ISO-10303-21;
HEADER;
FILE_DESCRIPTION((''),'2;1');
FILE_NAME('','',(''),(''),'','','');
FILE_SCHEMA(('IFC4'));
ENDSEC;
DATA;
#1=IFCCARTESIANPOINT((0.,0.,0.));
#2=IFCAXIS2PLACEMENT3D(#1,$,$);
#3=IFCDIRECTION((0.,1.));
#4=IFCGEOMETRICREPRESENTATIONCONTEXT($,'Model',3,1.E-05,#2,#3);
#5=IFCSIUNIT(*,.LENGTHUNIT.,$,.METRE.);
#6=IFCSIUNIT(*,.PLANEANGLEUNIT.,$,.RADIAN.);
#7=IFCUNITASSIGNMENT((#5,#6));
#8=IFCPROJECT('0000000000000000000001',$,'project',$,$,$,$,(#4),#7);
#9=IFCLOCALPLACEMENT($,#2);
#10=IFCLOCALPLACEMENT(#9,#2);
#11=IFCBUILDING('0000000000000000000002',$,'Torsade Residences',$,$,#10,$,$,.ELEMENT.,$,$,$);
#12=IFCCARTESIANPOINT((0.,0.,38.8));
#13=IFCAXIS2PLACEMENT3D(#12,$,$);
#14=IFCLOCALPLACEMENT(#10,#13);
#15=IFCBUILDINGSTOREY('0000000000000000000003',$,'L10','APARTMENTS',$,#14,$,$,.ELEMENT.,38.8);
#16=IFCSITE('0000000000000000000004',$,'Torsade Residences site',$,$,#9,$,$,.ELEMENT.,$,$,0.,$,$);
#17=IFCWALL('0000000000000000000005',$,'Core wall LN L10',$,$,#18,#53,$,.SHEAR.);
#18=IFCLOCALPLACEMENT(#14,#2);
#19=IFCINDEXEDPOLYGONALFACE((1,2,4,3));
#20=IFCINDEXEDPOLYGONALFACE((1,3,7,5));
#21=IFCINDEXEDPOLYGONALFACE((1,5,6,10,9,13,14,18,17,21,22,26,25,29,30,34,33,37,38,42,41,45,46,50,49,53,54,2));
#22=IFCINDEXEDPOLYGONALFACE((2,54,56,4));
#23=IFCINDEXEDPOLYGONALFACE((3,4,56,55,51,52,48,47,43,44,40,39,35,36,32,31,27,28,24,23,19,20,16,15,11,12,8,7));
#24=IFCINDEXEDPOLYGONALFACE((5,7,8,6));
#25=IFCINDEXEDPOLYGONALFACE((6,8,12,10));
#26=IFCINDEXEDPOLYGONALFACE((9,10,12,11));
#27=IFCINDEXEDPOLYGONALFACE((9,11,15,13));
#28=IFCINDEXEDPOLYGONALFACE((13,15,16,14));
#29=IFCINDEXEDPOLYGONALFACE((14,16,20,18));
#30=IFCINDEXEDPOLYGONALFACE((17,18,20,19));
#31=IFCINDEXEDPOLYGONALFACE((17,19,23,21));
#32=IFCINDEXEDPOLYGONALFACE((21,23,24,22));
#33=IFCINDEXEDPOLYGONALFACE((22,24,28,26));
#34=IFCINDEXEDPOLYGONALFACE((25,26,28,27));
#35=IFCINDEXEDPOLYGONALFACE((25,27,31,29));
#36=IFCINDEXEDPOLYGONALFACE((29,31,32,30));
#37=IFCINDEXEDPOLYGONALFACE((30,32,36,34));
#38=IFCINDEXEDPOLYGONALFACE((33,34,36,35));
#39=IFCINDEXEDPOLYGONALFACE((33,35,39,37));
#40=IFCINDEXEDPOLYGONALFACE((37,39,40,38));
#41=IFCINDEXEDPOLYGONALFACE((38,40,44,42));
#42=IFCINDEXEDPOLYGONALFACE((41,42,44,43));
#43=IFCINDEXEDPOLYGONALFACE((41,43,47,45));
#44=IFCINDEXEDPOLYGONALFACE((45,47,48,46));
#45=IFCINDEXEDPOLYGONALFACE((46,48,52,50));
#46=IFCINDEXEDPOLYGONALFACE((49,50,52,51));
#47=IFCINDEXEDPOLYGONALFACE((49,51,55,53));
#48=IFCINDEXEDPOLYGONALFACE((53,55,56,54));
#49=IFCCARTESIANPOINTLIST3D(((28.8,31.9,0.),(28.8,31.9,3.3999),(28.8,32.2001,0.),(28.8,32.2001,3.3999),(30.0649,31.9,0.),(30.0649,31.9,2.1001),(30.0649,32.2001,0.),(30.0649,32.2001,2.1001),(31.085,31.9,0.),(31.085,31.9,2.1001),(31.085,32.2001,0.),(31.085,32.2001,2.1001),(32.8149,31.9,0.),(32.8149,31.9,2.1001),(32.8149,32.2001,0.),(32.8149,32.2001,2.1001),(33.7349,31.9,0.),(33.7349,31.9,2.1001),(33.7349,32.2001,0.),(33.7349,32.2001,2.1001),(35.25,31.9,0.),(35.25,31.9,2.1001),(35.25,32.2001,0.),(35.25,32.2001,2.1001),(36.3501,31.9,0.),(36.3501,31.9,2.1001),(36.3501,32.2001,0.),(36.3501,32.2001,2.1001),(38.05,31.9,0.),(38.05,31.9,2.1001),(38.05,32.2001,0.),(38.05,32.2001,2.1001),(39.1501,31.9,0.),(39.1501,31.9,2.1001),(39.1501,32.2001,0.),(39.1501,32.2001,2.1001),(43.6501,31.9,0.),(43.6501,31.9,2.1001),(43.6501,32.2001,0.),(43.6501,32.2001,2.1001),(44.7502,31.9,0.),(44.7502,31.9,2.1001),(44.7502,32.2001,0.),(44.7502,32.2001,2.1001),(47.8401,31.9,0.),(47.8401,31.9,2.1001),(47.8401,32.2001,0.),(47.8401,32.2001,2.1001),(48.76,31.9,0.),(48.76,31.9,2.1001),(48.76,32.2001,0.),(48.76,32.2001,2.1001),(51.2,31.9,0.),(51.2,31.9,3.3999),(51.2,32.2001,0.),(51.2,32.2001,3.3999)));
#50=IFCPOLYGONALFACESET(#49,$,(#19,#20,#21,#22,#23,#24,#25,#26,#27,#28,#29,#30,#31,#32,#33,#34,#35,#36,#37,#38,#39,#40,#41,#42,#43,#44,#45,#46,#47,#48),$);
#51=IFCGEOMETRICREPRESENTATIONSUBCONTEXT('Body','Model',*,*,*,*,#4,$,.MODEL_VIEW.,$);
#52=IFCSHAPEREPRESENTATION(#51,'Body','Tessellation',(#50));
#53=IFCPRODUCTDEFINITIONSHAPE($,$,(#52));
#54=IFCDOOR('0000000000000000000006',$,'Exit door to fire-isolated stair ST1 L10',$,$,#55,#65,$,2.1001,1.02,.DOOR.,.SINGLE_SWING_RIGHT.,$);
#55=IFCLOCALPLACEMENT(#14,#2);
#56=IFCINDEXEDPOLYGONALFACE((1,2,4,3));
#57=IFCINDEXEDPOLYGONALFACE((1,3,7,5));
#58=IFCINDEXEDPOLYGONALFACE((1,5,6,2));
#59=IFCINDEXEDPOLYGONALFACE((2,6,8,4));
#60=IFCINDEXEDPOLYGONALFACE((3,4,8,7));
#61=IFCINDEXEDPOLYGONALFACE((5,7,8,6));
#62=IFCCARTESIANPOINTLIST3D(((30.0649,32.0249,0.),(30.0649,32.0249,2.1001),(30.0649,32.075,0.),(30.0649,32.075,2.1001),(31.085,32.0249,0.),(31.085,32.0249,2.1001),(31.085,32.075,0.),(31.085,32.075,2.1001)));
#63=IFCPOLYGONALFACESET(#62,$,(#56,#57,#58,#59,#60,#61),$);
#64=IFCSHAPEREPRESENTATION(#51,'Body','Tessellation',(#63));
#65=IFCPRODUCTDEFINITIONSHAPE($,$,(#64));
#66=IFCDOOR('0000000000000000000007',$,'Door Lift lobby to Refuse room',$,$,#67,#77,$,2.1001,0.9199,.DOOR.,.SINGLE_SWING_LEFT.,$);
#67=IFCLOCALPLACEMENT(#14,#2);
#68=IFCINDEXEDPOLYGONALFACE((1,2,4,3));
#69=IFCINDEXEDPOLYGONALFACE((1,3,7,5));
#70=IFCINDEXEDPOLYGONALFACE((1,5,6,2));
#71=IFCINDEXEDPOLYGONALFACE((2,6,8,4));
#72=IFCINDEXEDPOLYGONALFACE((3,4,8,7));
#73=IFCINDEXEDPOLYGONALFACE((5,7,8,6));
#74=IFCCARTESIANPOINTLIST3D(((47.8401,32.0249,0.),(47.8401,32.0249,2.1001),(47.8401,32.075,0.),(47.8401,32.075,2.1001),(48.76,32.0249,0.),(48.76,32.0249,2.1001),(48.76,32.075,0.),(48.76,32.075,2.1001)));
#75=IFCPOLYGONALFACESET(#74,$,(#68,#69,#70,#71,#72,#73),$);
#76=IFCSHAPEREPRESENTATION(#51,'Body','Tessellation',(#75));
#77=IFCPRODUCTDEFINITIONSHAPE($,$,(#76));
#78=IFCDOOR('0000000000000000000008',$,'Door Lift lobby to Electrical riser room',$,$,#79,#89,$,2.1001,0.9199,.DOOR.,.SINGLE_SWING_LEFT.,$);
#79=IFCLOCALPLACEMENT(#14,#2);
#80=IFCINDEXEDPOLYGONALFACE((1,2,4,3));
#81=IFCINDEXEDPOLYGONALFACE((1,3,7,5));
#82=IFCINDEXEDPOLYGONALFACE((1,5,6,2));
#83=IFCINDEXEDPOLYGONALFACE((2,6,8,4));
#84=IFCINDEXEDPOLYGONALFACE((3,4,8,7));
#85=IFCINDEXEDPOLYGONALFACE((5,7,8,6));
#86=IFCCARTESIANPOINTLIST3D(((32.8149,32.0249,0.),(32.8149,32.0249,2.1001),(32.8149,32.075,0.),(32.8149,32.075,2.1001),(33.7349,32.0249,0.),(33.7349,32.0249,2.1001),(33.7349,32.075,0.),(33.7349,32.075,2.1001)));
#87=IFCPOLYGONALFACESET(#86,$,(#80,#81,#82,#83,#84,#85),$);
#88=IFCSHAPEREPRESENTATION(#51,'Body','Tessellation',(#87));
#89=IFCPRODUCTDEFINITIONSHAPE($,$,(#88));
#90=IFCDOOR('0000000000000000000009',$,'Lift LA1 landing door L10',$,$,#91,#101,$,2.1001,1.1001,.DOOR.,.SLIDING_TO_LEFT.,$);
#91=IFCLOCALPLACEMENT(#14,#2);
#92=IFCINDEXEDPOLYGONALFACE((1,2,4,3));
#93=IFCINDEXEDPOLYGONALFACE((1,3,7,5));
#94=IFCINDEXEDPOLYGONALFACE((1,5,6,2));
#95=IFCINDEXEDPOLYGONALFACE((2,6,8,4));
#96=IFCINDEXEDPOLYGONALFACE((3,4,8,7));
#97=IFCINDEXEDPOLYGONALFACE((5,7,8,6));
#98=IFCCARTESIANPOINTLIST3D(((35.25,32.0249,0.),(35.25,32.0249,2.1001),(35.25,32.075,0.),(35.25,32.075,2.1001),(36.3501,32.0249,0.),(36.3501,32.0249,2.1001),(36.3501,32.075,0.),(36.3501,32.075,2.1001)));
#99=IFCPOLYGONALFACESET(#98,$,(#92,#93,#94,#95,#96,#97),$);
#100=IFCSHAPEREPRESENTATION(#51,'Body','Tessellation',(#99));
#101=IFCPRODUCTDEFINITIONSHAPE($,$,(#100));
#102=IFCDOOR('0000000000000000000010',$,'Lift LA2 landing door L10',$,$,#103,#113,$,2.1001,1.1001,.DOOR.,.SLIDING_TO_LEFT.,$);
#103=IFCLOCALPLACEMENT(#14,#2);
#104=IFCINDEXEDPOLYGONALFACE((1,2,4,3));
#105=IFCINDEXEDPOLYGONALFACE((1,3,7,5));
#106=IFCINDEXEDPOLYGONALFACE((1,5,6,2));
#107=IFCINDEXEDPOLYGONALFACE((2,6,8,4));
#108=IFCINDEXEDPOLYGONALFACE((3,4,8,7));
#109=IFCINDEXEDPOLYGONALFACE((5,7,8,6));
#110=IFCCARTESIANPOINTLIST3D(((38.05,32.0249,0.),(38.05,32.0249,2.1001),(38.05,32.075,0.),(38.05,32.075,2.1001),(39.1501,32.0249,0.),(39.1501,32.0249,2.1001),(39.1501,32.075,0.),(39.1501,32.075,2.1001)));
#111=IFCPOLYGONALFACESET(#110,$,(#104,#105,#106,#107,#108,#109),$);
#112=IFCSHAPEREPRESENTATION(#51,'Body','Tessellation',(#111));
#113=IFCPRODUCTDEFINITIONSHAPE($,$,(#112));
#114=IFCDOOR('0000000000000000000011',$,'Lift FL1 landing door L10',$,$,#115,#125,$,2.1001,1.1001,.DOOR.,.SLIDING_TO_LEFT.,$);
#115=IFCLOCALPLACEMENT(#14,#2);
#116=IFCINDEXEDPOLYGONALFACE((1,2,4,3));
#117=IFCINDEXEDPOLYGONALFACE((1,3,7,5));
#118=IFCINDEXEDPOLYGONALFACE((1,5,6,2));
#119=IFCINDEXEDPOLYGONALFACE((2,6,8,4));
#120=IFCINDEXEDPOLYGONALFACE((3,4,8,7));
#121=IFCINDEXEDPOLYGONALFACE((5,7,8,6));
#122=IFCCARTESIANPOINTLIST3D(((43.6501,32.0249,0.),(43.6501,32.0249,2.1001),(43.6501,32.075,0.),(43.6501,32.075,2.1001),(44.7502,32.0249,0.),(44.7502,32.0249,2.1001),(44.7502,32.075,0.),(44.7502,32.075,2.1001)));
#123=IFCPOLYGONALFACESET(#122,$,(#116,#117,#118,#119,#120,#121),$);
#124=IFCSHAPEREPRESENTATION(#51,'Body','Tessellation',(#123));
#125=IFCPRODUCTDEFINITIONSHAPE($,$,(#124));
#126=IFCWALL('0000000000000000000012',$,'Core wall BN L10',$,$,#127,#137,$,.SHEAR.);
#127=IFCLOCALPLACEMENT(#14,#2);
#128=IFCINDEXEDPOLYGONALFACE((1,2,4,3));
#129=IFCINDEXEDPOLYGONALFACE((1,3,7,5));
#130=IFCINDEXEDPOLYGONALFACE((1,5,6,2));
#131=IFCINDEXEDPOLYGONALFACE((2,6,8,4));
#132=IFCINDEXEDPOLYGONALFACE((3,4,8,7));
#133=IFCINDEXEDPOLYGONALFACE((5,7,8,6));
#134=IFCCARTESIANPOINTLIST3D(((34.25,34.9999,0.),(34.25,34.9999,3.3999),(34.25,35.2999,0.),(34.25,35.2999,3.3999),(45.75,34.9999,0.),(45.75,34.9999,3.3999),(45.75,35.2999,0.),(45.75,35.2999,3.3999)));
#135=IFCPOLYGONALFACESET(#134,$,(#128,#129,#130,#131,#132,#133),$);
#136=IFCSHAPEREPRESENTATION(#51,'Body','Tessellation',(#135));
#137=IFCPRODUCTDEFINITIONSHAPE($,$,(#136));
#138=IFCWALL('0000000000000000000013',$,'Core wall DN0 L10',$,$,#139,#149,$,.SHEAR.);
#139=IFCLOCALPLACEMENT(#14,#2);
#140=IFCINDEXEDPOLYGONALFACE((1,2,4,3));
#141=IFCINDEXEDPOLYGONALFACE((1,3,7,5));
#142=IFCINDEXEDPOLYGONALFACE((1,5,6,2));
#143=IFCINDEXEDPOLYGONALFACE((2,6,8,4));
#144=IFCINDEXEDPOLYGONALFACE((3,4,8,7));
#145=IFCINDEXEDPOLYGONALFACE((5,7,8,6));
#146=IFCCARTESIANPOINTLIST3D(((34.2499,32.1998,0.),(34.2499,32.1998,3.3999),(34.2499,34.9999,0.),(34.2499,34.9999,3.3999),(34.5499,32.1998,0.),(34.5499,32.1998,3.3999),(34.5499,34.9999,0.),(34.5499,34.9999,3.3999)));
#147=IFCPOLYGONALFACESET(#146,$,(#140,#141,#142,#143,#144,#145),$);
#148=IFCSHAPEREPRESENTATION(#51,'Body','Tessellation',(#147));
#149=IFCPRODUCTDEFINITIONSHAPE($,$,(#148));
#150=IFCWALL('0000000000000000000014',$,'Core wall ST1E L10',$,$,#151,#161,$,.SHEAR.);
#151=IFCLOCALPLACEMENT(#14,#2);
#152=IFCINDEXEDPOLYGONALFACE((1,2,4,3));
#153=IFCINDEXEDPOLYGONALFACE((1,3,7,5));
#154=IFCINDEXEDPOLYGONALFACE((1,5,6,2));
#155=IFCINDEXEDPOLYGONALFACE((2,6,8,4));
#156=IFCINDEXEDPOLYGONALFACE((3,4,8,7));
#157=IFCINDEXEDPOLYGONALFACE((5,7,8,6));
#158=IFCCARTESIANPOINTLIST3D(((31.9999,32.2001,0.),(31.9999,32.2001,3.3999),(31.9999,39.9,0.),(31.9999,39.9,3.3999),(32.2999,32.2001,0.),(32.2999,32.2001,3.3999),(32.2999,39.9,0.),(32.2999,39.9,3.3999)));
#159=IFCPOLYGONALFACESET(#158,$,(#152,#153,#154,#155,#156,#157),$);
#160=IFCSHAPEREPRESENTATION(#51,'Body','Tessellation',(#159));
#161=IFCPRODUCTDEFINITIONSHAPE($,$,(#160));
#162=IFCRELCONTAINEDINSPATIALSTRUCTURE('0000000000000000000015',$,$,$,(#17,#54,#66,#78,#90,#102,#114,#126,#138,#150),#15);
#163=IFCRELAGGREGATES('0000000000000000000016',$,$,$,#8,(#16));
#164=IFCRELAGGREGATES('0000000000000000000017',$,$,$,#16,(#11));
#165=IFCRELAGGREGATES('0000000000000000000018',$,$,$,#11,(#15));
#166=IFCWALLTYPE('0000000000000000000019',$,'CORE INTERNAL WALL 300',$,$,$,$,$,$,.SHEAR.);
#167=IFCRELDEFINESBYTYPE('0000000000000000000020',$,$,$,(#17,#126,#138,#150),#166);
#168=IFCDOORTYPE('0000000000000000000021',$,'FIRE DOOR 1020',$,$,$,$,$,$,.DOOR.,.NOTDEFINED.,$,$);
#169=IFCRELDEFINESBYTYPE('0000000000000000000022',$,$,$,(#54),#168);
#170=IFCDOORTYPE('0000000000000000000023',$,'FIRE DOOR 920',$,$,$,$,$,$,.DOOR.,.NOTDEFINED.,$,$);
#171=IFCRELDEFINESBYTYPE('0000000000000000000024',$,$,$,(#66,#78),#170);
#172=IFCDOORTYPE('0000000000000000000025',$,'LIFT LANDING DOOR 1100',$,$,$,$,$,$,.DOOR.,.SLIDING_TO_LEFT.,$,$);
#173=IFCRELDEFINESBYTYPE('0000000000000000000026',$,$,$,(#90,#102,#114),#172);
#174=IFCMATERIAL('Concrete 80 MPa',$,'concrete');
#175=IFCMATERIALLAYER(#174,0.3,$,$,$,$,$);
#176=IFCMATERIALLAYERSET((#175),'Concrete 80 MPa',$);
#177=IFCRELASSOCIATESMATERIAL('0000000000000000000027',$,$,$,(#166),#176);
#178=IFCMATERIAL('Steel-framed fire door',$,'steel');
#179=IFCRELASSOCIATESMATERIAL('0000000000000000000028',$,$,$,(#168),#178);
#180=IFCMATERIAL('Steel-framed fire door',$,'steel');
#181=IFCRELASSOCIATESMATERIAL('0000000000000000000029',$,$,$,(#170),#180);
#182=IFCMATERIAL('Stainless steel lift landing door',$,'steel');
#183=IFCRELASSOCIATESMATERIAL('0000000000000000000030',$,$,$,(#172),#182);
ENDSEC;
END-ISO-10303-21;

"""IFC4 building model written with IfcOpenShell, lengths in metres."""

from ifc_helpers import new_model, si_unit, direction, frame, frame_2d, origin, place, context, subcontext, project, spatial, rectangle, extrude, material, layer, layer_set, type_object, element, fill, save


model = new_model("IFC4")

# Units and contexts
model_context = context("Model", 3, precision=1e-05, world=origin(), true_north=direction((0.0, 1.0)))
body_context = subcontext(model_context, "Body", "Model", "MODEL_VIEW")
ifc_project = project(units=[si_unit("LENGTHUNIT", "METRE"), si_unit("PLANEANGLEUNIT", "RADIAN")], contexts=[model_context])

# Site, building, storey
site_placement = place(None, origin())
site = spatial("IfcSite", under=ifc_project, at=site_placement, Name="Torsade Residences site", CompositionType="ELEMENT", RefElevation=0.0)
building_placement = place(site_placement, origin())
building = spatial("IfcBuilding", under=site, at=building_placement, Name="Torsade Residences", CompositionType="ELEMENT")
storey_placement = place(building_placement, frame((0.0, 0.0, 38.8)))
storey = spatial("IfcBuildingStorey", under=building, at=storey_placement, Name="L10", Description="APARTMENTS", CompositionType="ELEMENT", Elevation=38.8)

# Wall, openings, doors
ifc_material_1 = material(Name="Concrete 80 MPa", Category="concrete")
ifc_layer_1 = layer(ifc_material_1, 0.3)
ifc_layer_set_1 = layer_set([ifc_layer_1], Name="Concrete 80 MPa")
wall_type_1 = type_object("IfcWallType", Name="CORE INTERNAL WALL 300", PredefinedType="SHEAR", material=ifc_layer_set_1)
wall_1_placement = place(storey_placement, frame((28.8, 32.05, 0.0), z_axis=(0.0, 0.0, 1.0), x_axis=(1.0, 0.0, 0.0)))
wall_1 = element("IfcWall", 1, at=wall_1_placement, inside=storey, type_object=wall_type_1, Name="Core wall LN L10", PredefinedType="SHEAR", context=body_context, shape_type="SweptSolid", body=[
    extrude(rectangle(XDim=22.3999, YDim=0.3, at=frame_2d((11.2, 0.0))), origin(), (0.0, 0.0, 1.0), 3.3999),
])
opening_1_placement = place(wall_1_placement, frame((19.04, 0.0, 0.0)))
opening_1 = element("IfcOpeningElement", 2, at=opening_1_placement, cuts=wall_1, PredefinedType="OPENING", context=body_context, shape_type="SweptSolid", body=[
    extrude(rectangle(XDim=0.9199, YDim=2.1001, at=frame_2d((0.46, 1.05))), frame((0.0, 0.1599, 0.0), z_axis=(0.0, -1.0, 0.0), x_axis=(1.0, 0.0, 0.0)), (0.0, 0.0, 1.0), 0.3201),
])
opening_2_placement = place(wall_1_placement, frame((1.2649, 0.0, 0.0)))
opening_2 = element("IfcOpeningElement", 3, at=opening_2_placement, cuts=wall_1, PredefinedType="OPENING", context=body_context, shape_type="SweptSolid", body=[
    extrude(rectangle(XDim=1.02, YDim=2.1001, at=frame_2d((0.51, 1.05))), frame((0.0, 0.1599, 0.0), z_axis=(0.0, -1.0, 0.0), x_axis=(1.0, 0.0, 0.0)), (0.0, 0.0, 1.0), 0.3201),
])
opening_3_placement = place(wall_1_placement, frame((4.0149, 0.0, 0.0)))
opening_3 = element("IfcOpeningElement", 4, at=opening_3_placement, cuts=wall_1, PredefinedType="OPENING", context=body_context, shape_type="SweptSolid", body=[
    extrude(rectangle(XDim=0.9199, YDim=2.1001, at=frame_2d((0.46, 1.05))), frame((0.0, 0.1599, 0.0), z_axis=(0.0, -1.0, 0.0), x_axis=(1.0, 0.0, 0.0)), (0.0, 0.0, 1.0), 0.3201),
])
opening_4_placement = place(wall_1_placement, frame((6.45, 0.0, 0.0)))
opening_4 = element("IfcOpeningElement", 5, at=opening_4_placement, cuts=wall_1, PredefinedType="OPENING", context=body_context, shape_type="SweptSolid", body=[
    extrude(rectangle(XDim=1.1001, YDim=2.1001, at=frame_2d((0.55, 1.05))), frame((0.0, 0.1599, 0.0), z_axis=(0.0, -1.0, 0.0), x_axis=(1.0, 0.0, 0.0)), (0.0, 0.0, 1.0), 0.3201),
])
opening_5_placement = place(wall_1_placement, frame((9.25, 0.0, 0.0)))
opening_5 = element("IfcOpeningElement", 6, at=opening_5_placement, cuts=wall_1, PredefinedType="OPENING", context=body_context, shape_type="SweptSolid", body=[
    extrude(rectangle(XDim=1.1001, YDim=2.1001, at=frame_2d((0.55, 1.05))), frame((0.0, 0.1599, 0.0), z_axis=(0.0, -1.0, 0.0), x_axis=(1.0, 0.0, 0.0)), (0.0, 0.0, 1.0), 0.3201),
])
opening_6_placement = place(wall_1_placement, frame((14.8501, 0.0, 0.0)))
opening_6 = element("IfcOpeningElement", 7, at=opening_6_placement, cuts=wall_1, PredefinedType="OPENING", context=body_context, shape_type="SweptSolid", body=[
    extrude(rectangle(XDim=1.1001, YDim=2.1001, at=frame_2d((0.55, 1.05))), frame((0.0, 0.1599, 0.0), z_axis=(0.0, -1.0, 0.0), x_axis=(1.0, 0.0, 0.0)), (0.0, 0.0, 1.0), 0.3201),
])
ifc_material_2 = material(Name="Steel-framed fire door", Category="steel")
door_type_1 = type_object("IfcDoorType", Name="FIRE DOOR 1020", OperationType="NOTDEFINED", PredefinedType="DOOR", material=ifc_material_2)
door_1_placement = place(opening_2_placement, origin())
door_1 = element("IfcDoor", 8, at=door_1_placement, inside=storey, type_object=door_type_1, Name="Exit door to fire-isolated stair ST1 L10", OperationType="SINGLE_SWING_RIGHT", OverallHeight=2.1001, OverallWidth=1.02, PredefinedType="DOOR", context=body_context, shape_type="SweptSolid", body=[
    extrude(rectangle(XDim=1.02, YDim=2.1001, at=frame_2d((0.51, 1.05))), frame((0.0, 0.0249, 0.0), z_axis=(0.0, -1.0, 0.0), x_axis=(1.0, 0.0, 0.0)), (0.0, 0.0, 1.0), 0.05),
])
fill(opening_2, door_1)
ifc_material_3 = material(Name="Steel-framed fire door", Category="steel")
door_type_2 = type_object("IfcDoorType", Name="FIRE DOOR 920", OperationType="NOTDEFINED", PredefinedType="DOOR", material=ifc_material_3)
door_2_placement = place(opening_1_placement, origin())
door_2 = element("IfcDoor", 9, at=door_2_placement, inside=storey, type_object=door_type_2, Name="Door Lift lobby to Refuse room", OperationType="SINGLE_SWING_LEFT", OverallHeight=2.1001, OverallWidth=0.9199, PredefinedType="DOOR", context=body_context, shape_type="SweptSolid", body=[
    extrude(rectangle(XDim=0.9199, YDim=2.1001, at=frame_2d((0.46, 1.05))), frame((0.0, 0.0249, 0.0), z_axis=(0.0, -1.0, 0.0), x_axis=(1.0, 0.0, 0.0)), (0.0, 0.0, 1.0), 0.05),
])
fill(opening_1, door_2)
door_3_placement = place(opening_3_placement, origin())
door_3 = element("IfcDoor", 10, at=door_3_placement, inside=storey, type_object=door_type_2, Name="Door Lift lobby to Electrical riser room", OperationType="SINGLE_SWING_LEFT", OverallHeight=2.1001, OverallWidth=0.9199, PredefinedType="DOOR", context=body_context, shape_type="SweptSolid", body=[
    extrude(rectangle(XDim=0.9199, YDim=2.1001, at=frame_2d((0.46, 1.05))), frame((0.0, 0.0249, 0.0), z_axis=(0.0, -1.0, 0.0), x_axis=(1.0, 0.0, 0.0)), (0.0, 0.0, 1.0), 0.05),
])
fill(opening_3, door_3)
ifc_material_4 = material(Name="Stainless steel lift landing door", Category="steel")
door_type_3 = type_object("IfcDoorType", Name="LIFT LANDING DOOR 1100", OperationType="SLIDING_TO_LEFT", PredefinedType="DOOR", material=ifc_material_4)
door_4_placement = place(opening_4_placement, origin())
door_4 = element("IfcDoor", 11, at=door_4_placement, inside=storey, type_object=door_type_3, Name="Lift LA1 landing door L10", OperationType="SLIDING_TO_LEFT", OverallHeight=2.1001, OverallWidth=1.1001, PredefinedType="DOOR", context=body_context, shape_type="SweptSolid", body=[
    extrude(rectangle(XDim=1.1001, YDim=2.1001, at=frame_2d((0.55, 1.05))), frame((0.0, 0.0249, 0.0), z_axis=(0.0, -1.0, 0.0), x_axis=(1.0, 0.0, 0.0)), (0.0, 0.0, 1.0), 0.05),
])
fill(opening_4, door_4)
door_5_placement = place(opening_5_placement, origin())
door_5 = element("IfcDoor", 12, at=door_5_placement, inside=storey, type_object=door_type_3, Name="Lift LA2 landing door L10", OperationType="SLIDING_TO_LEFT", OverallHeight=2.1001, OverallWidth=1.1001, PredefinedType="DOOR", context=body_context, shape_type="SweptSolid", body=[
    extrude(rectangle(XDim=1.1001, YDim=2.1001, at=frame_2d((0.55, 1.05))), frame((0.0, 0.0249, 0.0), z_axis=(0.0, -1.0, 0.0), x_axis=(1.0, 0.0, 0.0)), (0.0, 0.0, 1.0), 0.05),
])
fill(opening_5, door_5)
door_6_placement = place(opening_6_placement, origin())
door_6 = element("IfcDoor", 13, at=door_6_placement, inside=storey, type_object=door_type_3, Name="Lift FL1 landing door L10", OperationType="SLIDING_TO_LEFT", OverallHeight=2.1001, OverallWidth=1.1001, PredefinedType="DOOR", context=body_context, shape_type="SweptSolid", body=[
    extrude(rectangle(XDim=1.1001, YDim=2.1001, at=frame_2d((0.55, 1.05))), frame((0.0, 0.0249, 0.0), z_axis=(0.0, -1.0, 0.0), x_axis=(1.0, 0.0, 0.0)), (0.0, 0.0, 1.0), 0.05),
])
fill(opening_6, door_6)

# Walls
wall_2_placement = place(storey_placement, frame((34.25, 35.1499, 0.0), z_axis=(0.0, 0.0, 1.0), x_axis=(1.0, 0.0, 0.0)))
element("IfcWall", 14, at=wall_2_placement, inside=storey, type_object=wall_type_1, Name="Core wall BN L10", PredefinedType="SHEAR", context=body_context, shape_type="SweptSolid", body=[
    extrude(rectangle(XDim=11.5, YDim=0.3, at=frame_2d((5.75, 0.0))), origin(), (0.0, 0.0, 1.0), 3.3999),
])
wall_3_placement = place(storey_placement, frame((34.3999, 32.2, 0.0), z_axis=(0.0, 0.0, 1.0), x_axis=(0.0, 1.0, 0.0)))
element("IfcWall", 15, at=wall_3_placement, inside=storey, type_object=wall_type_1, Name="Core wall DN0 L10", PredefinedType="SHEAR", context=body_context, shape_type="SweptSolid", body=[
    extrude(rectangle(XDim=2.8, YDim=0.3, at=frame_2d((1.3999, 0.0))), origin(), (0.0, 0.0, 1.0), 3.3999),
])
wall_4_placement = place(storey_placement, frame((32.1499, 32.2, 0.0), z_axis=(0.0, 0.0, 1.0), x_axis=(0.0, 1.0, 0.0)))
element("IfcWall", 16, at=wall_4_placement, inside=storey, type_object=wall_type_1, Name="Core wall ST1E L10", PredefinedType="SHEAR", context=body_context, shape_type="SweptSolid", body=[
    extrude(rectangle(XDim=7.7, YDim=0.3, at=frame_2d((3.8501, 0.0))), origin(), (0.0, 0.0, 1.0), 3.3999),
])

save(model, "model.ifc")
